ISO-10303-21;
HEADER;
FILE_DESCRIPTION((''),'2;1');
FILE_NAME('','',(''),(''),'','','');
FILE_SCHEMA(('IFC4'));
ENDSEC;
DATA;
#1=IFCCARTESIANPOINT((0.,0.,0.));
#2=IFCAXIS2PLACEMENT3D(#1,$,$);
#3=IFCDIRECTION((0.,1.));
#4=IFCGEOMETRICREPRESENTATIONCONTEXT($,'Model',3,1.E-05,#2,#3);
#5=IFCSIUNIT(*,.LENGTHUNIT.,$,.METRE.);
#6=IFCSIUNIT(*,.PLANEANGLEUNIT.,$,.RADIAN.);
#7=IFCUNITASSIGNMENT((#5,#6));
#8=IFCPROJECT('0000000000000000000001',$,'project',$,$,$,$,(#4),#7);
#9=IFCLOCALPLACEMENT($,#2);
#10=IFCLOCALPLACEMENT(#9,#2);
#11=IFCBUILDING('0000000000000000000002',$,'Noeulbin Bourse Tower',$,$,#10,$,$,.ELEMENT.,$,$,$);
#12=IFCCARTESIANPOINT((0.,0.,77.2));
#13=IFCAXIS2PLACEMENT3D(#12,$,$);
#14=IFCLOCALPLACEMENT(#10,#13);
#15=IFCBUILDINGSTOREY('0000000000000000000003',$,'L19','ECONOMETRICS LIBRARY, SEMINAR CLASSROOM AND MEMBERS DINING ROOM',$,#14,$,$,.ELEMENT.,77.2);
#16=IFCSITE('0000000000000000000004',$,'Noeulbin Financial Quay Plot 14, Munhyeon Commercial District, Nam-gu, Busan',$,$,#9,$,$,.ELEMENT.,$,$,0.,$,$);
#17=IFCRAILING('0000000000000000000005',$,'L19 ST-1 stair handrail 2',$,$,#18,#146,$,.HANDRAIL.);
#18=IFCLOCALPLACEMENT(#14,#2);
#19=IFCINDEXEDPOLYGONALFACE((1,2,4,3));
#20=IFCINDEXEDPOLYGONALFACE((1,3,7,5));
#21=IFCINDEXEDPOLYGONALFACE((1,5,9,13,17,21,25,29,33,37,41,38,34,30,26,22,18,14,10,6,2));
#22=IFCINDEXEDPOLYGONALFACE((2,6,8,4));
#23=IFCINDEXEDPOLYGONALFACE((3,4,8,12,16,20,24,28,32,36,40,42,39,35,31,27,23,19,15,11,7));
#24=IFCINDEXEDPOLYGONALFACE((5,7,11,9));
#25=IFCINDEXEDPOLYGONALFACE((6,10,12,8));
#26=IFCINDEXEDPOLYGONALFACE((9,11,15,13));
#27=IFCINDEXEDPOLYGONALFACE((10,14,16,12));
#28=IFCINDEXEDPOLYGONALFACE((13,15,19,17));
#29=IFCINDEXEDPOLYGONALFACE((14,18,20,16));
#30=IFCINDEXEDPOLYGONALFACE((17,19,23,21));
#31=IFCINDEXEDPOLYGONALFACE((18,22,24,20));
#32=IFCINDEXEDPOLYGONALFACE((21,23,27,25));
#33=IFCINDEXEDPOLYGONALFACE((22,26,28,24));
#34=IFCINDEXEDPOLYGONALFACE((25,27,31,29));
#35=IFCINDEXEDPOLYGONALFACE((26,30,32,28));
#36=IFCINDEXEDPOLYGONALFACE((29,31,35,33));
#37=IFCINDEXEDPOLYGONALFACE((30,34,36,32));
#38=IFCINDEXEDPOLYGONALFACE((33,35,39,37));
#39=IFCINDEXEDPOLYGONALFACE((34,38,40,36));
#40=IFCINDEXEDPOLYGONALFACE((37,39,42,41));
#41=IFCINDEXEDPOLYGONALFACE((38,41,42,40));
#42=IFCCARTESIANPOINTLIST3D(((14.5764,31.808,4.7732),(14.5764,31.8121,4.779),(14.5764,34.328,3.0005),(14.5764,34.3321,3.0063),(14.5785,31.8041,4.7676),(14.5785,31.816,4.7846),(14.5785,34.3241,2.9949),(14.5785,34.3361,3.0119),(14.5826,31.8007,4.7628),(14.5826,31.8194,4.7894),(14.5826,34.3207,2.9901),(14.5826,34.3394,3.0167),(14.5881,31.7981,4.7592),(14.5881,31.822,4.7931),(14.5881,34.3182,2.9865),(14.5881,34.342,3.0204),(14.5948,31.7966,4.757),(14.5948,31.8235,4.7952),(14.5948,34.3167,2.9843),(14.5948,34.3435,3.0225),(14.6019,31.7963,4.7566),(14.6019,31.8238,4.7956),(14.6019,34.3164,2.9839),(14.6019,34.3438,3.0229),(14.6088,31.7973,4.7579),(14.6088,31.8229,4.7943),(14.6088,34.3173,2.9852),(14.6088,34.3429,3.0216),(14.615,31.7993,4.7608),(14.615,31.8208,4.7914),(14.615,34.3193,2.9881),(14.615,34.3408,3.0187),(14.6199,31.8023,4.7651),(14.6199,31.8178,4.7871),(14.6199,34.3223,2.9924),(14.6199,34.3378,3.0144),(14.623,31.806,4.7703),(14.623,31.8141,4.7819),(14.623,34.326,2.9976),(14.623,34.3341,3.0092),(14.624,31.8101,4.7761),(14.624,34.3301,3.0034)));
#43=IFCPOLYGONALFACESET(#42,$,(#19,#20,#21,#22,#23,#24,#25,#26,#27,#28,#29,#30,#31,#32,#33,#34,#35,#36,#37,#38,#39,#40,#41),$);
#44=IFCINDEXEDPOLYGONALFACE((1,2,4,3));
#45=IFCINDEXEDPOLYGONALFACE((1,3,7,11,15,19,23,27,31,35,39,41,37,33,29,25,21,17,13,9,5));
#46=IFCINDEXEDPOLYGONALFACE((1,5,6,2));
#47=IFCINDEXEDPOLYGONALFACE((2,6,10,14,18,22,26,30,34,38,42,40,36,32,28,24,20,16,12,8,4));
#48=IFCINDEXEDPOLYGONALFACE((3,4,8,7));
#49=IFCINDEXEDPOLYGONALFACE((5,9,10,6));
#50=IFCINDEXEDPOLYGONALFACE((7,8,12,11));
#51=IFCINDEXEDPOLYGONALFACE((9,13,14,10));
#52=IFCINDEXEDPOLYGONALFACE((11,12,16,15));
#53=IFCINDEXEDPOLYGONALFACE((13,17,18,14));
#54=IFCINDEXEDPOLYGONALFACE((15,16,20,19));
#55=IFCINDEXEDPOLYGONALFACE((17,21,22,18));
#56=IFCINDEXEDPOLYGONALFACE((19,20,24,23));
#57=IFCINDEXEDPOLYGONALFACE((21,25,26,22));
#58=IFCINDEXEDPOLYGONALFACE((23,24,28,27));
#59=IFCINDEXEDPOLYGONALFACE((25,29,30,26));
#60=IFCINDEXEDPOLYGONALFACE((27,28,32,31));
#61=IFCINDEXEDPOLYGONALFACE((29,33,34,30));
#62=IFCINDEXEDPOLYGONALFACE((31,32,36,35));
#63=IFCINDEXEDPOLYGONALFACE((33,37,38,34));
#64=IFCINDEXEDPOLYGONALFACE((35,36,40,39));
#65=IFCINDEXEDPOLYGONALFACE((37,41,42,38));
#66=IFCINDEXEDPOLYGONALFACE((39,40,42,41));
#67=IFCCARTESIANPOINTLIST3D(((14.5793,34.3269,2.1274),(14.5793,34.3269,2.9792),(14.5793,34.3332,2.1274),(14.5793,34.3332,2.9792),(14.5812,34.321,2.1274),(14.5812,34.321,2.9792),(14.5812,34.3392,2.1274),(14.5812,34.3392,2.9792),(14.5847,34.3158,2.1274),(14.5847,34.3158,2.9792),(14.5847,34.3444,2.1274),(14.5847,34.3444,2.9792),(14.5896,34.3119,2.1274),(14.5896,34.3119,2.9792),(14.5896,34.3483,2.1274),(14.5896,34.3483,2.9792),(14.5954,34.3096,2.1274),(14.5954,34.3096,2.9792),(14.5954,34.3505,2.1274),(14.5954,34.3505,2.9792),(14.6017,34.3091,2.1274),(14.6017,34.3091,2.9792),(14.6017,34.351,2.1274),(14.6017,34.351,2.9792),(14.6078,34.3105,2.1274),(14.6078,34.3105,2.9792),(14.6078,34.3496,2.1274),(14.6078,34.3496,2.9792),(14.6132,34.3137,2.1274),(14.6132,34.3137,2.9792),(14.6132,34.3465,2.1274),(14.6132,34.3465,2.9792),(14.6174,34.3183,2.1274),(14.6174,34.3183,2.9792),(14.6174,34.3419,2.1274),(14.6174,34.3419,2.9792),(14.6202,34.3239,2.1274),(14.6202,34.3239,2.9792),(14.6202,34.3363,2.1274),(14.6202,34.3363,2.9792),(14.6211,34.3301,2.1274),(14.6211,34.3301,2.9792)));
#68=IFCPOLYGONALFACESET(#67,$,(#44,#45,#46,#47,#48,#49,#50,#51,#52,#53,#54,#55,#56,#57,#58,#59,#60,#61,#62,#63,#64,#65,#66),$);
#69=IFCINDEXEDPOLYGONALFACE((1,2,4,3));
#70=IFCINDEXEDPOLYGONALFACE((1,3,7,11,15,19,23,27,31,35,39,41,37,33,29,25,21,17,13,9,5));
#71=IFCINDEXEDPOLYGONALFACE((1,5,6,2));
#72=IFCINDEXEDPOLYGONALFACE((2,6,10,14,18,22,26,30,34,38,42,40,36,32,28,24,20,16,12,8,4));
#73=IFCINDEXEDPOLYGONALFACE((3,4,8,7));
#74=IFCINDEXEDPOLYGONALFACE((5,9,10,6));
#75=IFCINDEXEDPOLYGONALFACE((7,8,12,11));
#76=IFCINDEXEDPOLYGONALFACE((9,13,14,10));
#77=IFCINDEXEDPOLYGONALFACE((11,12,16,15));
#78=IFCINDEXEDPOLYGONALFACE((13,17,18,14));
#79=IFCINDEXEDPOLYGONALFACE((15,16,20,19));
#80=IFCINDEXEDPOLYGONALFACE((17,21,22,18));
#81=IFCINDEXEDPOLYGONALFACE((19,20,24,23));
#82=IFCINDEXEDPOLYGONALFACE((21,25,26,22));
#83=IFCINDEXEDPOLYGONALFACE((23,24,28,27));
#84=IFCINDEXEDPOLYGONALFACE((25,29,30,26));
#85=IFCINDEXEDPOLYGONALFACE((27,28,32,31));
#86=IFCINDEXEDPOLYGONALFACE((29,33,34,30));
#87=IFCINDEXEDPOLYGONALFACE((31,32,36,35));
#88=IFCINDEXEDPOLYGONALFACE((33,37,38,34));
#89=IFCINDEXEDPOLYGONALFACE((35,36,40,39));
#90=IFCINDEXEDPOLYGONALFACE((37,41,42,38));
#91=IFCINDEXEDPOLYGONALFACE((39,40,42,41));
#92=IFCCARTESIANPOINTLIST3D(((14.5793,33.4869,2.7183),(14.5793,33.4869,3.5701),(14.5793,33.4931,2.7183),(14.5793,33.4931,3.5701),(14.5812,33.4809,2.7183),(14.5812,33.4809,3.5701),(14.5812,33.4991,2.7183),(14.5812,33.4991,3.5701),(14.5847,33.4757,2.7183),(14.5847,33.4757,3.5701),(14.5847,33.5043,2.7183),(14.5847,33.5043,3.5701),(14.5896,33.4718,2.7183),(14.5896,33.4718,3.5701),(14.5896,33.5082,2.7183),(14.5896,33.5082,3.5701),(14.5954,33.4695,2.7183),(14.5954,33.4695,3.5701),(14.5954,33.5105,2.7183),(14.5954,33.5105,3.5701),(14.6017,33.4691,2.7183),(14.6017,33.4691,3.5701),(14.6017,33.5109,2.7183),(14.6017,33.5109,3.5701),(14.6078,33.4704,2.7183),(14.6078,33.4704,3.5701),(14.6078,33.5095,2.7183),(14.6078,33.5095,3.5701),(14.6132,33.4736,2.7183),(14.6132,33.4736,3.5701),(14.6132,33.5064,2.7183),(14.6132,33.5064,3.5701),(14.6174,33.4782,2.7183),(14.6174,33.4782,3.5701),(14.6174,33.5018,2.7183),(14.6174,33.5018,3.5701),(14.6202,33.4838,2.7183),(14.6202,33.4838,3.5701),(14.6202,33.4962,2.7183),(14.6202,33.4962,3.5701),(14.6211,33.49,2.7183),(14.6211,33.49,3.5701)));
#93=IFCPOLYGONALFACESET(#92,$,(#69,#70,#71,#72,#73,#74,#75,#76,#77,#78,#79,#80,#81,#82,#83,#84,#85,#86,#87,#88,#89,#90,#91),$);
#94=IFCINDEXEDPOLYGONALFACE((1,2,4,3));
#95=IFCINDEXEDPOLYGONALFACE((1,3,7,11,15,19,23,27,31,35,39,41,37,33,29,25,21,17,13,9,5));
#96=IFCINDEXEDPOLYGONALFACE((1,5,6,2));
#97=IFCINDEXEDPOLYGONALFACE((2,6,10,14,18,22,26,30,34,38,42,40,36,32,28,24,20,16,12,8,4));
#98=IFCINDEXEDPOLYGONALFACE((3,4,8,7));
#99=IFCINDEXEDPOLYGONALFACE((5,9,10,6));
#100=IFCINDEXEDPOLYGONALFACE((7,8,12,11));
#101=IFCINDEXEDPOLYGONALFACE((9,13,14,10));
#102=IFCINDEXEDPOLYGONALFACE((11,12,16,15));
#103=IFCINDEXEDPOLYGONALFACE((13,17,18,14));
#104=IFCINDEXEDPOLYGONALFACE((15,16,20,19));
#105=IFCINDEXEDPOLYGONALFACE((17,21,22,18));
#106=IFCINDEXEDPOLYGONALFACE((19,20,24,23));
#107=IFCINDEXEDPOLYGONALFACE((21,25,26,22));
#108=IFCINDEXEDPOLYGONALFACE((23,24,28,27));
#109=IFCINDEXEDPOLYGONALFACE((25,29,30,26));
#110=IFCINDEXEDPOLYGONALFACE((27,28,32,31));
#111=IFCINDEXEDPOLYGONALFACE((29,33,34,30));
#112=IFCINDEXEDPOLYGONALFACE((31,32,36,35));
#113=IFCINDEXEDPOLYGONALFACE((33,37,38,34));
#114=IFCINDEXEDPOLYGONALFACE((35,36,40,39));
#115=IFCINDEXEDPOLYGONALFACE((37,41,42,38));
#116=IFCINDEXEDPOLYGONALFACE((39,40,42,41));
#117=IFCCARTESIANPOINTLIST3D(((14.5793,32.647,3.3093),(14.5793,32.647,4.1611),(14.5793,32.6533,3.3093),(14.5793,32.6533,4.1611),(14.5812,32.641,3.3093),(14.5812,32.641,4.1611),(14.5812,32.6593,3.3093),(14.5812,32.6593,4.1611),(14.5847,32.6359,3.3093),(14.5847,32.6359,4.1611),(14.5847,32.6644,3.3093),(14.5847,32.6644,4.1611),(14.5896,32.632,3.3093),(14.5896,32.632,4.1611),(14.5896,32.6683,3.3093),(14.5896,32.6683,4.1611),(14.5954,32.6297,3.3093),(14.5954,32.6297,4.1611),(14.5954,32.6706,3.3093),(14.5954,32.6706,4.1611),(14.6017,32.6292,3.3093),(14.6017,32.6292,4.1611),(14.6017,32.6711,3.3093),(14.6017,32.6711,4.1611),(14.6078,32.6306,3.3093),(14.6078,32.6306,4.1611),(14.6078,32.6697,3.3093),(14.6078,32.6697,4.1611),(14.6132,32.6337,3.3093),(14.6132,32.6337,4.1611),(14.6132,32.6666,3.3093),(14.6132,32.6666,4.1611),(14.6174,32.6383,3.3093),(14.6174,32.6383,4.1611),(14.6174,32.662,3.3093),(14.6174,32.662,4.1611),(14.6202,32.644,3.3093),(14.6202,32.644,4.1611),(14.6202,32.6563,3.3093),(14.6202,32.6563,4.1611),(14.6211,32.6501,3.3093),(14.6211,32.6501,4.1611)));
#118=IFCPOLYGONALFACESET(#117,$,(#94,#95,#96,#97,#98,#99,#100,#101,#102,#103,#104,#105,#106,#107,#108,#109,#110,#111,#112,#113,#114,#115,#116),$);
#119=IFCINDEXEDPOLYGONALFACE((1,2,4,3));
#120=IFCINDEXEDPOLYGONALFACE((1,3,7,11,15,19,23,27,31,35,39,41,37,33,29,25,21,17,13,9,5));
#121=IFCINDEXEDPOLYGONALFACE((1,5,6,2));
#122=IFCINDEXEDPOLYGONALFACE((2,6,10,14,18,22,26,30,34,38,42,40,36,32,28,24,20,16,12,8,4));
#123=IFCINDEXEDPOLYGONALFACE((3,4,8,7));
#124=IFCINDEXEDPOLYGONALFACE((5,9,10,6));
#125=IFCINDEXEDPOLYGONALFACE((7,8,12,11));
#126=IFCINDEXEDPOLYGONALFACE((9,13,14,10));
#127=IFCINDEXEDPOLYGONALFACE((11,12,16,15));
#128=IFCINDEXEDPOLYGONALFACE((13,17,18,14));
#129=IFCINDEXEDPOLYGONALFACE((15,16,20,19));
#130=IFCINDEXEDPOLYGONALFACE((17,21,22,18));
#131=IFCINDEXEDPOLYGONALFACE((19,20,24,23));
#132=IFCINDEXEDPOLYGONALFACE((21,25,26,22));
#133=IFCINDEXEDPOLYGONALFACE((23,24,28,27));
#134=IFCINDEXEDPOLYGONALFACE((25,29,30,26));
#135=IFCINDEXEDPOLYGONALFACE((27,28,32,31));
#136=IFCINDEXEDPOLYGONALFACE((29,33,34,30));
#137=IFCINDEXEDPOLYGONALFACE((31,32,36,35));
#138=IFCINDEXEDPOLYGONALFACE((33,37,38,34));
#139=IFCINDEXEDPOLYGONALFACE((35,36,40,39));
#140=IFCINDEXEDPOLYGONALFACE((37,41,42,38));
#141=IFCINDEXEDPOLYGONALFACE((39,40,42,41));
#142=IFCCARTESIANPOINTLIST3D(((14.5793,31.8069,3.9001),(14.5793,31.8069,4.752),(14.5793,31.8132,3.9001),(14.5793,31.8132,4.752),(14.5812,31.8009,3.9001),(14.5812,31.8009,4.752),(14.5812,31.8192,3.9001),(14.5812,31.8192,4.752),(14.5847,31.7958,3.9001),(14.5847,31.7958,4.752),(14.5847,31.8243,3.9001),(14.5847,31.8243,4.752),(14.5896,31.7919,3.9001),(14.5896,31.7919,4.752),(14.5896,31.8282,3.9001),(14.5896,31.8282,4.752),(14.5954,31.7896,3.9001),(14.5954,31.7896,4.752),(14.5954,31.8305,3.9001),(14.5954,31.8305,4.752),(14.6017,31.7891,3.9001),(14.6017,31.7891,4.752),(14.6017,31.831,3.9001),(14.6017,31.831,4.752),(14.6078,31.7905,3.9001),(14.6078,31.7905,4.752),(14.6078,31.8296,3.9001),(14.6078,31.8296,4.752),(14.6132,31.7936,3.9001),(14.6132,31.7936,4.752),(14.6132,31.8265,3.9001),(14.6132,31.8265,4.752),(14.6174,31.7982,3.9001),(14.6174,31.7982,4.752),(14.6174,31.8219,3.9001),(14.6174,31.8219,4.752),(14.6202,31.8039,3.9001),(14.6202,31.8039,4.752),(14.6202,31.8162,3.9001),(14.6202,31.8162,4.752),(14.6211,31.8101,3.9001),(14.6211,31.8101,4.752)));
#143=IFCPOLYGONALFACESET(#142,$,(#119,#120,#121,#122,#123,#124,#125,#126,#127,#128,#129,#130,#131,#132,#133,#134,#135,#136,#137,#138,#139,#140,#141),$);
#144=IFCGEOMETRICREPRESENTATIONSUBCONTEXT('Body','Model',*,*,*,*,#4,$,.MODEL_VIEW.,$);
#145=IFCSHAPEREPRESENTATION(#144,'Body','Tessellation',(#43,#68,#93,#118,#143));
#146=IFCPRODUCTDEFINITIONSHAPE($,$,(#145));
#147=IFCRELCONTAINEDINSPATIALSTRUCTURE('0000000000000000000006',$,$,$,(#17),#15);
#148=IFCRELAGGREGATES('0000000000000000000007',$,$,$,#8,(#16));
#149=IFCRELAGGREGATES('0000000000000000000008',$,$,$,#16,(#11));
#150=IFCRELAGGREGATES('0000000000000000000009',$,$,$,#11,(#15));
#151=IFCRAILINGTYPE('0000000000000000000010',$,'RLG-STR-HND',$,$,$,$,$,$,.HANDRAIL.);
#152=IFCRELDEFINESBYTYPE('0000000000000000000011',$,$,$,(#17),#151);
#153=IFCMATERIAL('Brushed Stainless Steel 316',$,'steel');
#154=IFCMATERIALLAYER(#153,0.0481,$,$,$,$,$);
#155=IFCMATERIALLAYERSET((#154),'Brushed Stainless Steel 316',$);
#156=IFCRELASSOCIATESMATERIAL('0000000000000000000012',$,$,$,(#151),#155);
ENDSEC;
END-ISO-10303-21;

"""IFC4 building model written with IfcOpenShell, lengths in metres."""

from ifc_helpers import new_model, si_unit, direction, frame, origin, origin_2d, place, context, subcontext, project, spatial, circle, extrude, material, layer, layer_set, type_object, element, save


model = new_model("IFC4")

# Units and contexts
model_context = context("Model", 3, precision=1e-05, world=origin(), true_north=direction((0.0, 1.0)))
body_context = subcontext(model_context, "Body", "Model", "MODEL_VIEW")
ifc_project = project(units=[si_unit("LENGTHUNIT", "METRE"), si_unit("PLANEANGLEUNIT", "RADIAN")], contexts=[model_context])

# Site, building, storey
site_placement = place(None, origin())
site = spatial("IfcSite", under=ifc_project, at=site_placement, Name="Noeulbin Financial Quay Plot 14, Munhyeon Commercial District, Nam-gu, Busan", CompositionType="ELEMENT", RefElevation=0.0)
building_placement = place(site_placement, origin())
building = spatial("IfcBuilding", under=site, at=building_placement, Name="Noeulbin Bourse Tower", CompositionType="ELEMENT")
storey_placement = place(building_placement, frame((0.0, 0.0, 77.2)))
storey = spatial("IfcBuildingStorey", under=building, at=storey_placement, Name="L19", Description="ECONOMETRICS LIBRARY, SEMINAR CLASSROOM AND MEMBERS DINING ROOM", CompositionType="ELEMENT", Elevation=77.2)

# Railing
ifc_material_1 = material(Name="Brushed Stainless Steel 316", Category="steel")
ifc_layer_1 = layer(ifc_material_1, 0.0481)
ifc_layer_set_1 = layer_set([ifc_layer_1], Name="Brushed Stainless Steel 316")
railing_type_1 = type_object("IfcRailingType", Name="RLG-STR-HND", PredefinedType="HANDRAIL", material=ifc_layer_set_1)
railing_1_placement = place(storey_placement, frame((14.6001, 34.3301, 2.1274)))
element("IfcRailing", 1, at=railing_1_placement, inside=storey, type_object=railing_type_1, Name="L19 ST-1 stair handrail 2", PredefinedType="HANDRAIL", context=body_context, shape_type="SweptSolid", body=[
    extrude(circle(Radius=0.0239, at=origin_2d()), frame((0.0, 0.0, 0.876), z_axis=(0.0, -0.817904, 0.575354), x_axis=(1.0, 0.0, 0.0)), (0.0, 0.0, 1.0), 3.0811),
    extrude(circle(Radius=0.021, at=origin_2d()), origin(), (0.0, 0.0, 1.0), 0.8518),
    extrude(circle(Radius=0.021, at=origin_2d()), frame((0.0, -0.8401, 0.5908)), (0.0, 0.0, 1.0), 0.8518),
    extrude(circle(Radius=0.021, at=origin_2d()), frame((0.0, -1.6799, 1.1819)), (0.0, 0.0, 1.0), 0.8518),
    extrude(circle(Radius=0.021, at=origin_2d()), frame((0.0, -2.52, 1.7727)), (0.0, 0.0, 1.0), 0.8518),
])

save(model, "model.ifc")
